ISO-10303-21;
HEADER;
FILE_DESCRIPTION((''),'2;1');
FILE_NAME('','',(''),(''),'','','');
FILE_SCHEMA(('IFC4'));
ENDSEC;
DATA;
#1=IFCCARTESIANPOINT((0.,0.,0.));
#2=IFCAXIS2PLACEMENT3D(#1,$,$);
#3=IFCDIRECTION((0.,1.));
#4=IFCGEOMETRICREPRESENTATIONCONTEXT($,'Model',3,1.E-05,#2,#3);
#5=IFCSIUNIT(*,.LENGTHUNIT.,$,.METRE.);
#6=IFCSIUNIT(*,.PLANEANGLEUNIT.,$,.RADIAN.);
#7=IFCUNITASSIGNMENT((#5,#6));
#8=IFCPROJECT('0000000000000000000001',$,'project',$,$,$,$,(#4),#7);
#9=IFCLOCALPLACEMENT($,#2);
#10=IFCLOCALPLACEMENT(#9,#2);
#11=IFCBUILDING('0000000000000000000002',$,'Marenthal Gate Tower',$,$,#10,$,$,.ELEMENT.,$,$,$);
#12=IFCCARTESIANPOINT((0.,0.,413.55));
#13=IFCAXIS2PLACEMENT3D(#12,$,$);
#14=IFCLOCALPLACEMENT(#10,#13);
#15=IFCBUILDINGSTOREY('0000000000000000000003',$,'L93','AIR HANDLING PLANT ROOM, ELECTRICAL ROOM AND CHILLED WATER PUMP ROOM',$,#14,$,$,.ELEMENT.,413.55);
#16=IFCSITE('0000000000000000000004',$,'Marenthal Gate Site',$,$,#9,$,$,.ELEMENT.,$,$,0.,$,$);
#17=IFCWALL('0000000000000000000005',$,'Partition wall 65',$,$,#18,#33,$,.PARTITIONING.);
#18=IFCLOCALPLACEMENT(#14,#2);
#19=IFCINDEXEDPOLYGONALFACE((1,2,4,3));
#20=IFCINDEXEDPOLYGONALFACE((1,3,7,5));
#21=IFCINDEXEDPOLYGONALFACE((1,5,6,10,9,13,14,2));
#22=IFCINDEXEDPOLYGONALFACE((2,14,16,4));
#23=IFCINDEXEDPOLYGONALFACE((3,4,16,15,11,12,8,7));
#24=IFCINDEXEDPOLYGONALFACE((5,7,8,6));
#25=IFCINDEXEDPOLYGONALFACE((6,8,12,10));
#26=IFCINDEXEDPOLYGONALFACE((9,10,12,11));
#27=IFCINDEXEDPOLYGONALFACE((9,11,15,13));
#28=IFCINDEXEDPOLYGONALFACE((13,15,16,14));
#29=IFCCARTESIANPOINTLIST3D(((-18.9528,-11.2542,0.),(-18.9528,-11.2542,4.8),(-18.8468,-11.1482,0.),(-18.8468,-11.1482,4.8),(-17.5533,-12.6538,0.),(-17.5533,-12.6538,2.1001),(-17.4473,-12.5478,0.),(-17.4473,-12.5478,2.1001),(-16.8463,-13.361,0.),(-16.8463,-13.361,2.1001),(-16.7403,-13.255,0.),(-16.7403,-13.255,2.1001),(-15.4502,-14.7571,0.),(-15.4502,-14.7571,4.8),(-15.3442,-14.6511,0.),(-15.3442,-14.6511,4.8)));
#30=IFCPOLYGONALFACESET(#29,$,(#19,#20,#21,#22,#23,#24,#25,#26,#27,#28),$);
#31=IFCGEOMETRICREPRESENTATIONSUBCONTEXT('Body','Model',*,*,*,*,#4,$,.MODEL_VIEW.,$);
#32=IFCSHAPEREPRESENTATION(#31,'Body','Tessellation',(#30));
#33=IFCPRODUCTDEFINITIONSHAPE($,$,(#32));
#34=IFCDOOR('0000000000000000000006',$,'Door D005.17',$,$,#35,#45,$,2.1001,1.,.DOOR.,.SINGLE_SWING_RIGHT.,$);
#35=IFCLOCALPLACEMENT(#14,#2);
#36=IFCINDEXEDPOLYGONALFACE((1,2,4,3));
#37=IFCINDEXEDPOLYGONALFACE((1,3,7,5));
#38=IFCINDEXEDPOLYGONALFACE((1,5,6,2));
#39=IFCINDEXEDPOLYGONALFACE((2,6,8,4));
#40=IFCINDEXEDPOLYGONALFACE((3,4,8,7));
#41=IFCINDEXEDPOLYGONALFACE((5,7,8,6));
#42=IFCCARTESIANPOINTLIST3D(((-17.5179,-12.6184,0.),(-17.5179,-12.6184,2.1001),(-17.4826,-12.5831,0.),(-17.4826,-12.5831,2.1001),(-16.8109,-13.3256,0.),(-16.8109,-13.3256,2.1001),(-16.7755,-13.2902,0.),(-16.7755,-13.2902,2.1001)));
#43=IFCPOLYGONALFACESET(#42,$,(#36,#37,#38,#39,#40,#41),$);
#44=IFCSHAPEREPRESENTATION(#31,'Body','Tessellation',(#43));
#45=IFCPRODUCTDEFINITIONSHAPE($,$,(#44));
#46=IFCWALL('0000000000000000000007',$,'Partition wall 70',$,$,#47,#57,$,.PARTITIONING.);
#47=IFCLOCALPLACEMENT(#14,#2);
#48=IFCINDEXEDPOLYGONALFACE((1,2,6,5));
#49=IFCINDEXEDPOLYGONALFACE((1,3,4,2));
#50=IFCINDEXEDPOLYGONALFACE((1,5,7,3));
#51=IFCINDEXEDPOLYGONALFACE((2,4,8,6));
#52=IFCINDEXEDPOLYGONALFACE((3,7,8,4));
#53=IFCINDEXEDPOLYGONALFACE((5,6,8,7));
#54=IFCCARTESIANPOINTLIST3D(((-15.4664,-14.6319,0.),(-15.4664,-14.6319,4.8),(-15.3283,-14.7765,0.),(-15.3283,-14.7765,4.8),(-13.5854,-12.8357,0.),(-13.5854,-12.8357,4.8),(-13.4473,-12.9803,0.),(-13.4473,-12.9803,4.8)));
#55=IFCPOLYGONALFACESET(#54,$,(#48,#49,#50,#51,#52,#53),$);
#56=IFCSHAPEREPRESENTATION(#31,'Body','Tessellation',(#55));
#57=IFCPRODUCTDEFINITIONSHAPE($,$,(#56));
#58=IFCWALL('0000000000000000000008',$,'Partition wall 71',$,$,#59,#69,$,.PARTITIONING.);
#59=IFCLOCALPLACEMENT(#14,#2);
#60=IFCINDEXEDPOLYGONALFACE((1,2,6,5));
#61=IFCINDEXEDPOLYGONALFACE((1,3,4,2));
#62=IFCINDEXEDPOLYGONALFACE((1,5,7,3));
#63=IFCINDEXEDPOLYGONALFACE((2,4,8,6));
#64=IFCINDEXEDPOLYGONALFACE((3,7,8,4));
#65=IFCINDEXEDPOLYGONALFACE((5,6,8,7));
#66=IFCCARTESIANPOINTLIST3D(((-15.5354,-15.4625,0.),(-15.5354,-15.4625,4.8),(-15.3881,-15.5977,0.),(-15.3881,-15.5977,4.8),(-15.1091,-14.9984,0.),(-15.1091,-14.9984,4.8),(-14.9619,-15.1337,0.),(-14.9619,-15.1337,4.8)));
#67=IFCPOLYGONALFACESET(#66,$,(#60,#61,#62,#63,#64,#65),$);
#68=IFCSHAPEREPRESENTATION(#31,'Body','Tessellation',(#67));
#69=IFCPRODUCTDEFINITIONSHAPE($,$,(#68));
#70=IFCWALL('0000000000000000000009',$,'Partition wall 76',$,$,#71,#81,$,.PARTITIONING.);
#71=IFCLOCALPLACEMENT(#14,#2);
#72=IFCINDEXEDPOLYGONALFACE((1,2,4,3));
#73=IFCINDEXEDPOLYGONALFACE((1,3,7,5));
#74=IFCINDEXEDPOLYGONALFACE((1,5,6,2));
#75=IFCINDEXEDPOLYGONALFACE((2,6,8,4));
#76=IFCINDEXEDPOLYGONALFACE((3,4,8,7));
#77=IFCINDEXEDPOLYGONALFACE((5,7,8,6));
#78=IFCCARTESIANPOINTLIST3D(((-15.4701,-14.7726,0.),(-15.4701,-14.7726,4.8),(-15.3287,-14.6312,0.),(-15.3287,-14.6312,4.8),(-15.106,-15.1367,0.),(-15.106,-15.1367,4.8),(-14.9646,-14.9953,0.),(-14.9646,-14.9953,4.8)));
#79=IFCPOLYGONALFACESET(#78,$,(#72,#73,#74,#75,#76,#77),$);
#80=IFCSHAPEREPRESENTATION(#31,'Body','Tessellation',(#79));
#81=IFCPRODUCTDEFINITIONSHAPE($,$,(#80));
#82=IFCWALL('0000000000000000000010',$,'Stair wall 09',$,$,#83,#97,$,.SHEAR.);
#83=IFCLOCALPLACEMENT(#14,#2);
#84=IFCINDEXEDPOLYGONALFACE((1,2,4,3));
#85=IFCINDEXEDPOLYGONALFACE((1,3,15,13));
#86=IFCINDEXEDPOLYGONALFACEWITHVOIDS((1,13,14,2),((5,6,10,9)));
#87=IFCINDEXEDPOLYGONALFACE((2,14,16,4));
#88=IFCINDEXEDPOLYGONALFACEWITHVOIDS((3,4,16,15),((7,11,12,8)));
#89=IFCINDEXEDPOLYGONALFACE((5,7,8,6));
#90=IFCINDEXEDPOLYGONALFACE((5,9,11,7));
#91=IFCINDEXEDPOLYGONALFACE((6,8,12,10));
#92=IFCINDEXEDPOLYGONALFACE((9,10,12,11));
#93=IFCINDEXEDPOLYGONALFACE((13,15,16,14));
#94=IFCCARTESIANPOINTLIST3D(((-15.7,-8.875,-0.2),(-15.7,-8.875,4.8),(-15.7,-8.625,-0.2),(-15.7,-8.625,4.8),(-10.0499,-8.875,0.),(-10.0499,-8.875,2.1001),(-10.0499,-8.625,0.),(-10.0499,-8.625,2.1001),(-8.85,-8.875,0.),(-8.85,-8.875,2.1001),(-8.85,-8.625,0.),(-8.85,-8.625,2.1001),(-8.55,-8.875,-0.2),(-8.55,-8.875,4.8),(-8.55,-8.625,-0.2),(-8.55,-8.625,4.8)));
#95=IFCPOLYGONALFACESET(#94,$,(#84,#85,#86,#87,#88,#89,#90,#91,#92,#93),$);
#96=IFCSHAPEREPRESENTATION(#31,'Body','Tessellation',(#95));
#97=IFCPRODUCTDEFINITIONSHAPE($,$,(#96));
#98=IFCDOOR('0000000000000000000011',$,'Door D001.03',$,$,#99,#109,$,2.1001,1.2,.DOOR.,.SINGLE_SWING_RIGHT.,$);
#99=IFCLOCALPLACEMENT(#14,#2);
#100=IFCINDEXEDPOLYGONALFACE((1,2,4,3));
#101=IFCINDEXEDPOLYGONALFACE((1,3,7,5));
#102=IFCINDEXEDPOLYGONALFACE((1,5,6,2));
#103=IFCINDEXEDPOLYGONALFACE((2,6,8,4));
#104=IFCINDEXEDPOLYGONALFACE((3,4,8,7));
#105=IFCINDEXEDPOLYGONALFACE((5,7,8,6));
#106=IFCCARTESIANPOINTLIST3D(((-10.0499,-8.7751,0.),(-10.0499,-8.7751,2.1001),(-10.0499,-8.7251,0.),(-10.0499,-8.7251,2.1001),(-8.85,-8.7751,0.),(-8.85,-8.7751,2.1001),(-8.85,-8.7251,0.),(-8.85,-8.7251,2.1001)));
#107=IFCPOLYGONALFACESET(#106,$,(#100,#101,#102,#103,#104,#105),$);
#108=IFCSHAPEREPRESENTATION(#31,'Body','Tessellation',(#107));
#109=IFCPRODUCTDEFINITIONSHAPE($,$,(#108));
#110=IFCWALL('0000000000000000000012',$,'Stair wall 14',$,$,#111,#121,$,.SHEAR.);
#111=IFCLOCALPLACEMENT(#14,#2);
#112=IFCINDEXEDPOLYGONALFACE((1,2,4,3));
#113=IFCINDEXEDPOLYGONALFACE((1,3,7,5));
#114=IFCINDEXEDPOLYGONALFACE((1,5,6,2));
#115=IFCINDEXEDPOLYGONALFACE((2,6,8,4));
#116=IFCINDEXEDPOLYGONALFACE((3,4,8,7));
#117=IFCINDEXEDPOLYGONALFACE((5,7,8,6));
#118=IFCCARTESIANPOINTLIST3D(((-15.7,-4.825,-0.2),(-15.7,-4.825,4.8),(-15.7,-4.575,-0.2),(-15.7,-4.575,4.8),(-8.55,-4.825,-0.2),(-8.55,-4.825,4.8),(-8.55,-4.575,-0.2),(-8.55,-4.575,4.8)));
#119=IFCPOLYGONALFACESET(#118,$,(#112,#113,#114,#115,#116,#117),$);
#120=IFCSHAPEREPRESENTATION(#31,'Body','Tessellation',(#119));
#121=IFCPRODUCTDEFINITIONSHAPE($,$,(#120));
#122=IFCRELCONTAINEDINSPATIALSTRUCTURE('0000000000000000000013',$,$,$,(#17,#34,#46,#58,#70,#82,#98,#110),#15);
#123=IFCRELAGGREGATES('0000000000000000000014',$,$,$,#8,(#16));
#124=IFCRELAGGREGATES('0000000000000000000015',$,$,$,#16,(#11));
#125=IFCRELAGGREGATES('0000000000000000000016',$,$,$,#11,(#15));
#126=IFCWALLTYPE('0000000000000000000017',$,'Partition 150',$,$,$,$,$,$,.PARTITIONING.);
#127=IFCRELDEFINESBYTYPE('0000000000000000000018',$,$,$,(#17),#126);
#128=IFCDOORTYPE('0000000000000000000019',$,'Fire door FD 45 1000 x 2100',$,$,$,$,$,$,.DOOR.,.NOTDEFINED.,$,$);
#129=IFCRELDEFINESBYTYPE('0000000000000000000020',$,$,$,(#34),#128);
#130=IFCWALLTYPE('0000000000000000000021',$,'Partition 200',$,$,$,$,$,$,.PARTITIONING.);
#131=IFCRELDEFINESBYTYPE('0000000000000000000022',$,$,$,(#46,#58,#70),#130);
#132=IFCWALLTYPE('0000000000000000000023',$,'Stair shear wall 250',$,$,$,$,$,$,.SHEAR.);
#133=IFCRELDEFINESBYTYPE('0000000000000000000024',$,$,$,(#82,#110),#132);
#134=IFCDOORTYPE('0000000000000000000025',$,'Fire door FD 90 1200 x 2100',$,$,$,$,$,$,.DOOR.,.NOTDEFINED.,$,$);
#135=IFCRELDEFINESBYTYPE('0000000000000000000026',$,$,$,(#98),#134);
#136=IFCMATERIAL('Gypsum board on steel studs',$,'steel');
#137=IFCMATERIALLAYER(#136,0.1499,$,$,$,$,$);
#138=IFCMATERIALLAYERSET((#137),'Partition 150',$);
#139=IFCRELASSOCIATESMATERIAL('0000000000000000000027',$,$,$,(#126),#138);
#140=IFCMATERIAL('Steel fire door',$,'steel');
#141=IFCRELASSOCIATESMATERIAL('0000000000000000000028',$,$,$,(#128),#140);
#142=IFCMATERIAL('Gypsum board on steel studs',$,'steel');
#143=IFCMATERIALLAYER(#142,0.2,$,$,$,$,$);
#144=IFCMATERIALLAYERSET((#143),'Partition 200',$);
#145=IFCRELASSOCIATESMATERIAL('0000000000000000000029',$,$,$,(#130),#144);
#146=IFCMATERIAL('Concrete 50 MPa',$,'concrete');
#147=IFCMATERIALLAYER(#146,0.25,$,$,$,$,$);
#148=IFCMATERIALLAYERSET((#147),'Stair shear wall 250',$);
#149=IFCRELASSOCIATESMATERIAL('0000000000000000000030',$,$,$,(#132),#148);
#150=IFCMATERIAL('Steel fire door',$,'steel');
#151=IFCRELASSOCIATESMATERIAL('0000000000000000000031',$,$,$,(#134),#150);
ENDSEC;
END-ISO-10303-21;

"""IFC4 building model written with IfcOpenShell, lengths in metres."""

from ifc_helpers import new_model, si_unit, direction, frame, frame_2d, origin, place, context, subcontext, project, spatial, rectangle, extrude, material, layer, layer_set, type_object, element, fill, save


model = new_model("IFC4")

# Units and contexts
model_context = context("Model", 3, precision=1e-05, world=origin(), true_north=direction((0.0, 1.0)))
body_context = subcontext(model_context, "Body", "Model", "MODEL_VIEW")
ifc_project = project(units=[si_unit("LENGTHUNIT", "METRE"), si_unit("PLANEANGLEUNIT", "RADIAN")], contexts=[model_context])

# Site, building, storey
site_placement = place(None, origin())
site = spatial("IfcSite", under=ifc_project, at=site_placement, Name="Marenthal Gate Site", CompositionType="ELEMENT", RefElevation=0.0)
building_placement = place(site_placement, origin())
building = spatial("IfcBuilding", under=site, at=building_placement, Name="Marenthal Gate Tower", CompositionType="ELEMENT")
storey_placement = place(building_placement, frame((0.0, 0.0, 413.55)))
storey = spatial("IfcBuildingStorey", under=building, at=storey_placement, Name="L93", Description="AIR HANDLING PLANT ROOM, ELECTRICAL ROOM AND CHILLED WATER PUMP ROOM", CompositionType="ELEMENT", Elevation=413.55)

# Shared definitions
ifc_material_1 = material(Name="Gypsum board on steel studs", Category="steel")
ifc_layer_1 = layer(ifc_material_1, 0.1499)
ifc_layer_set_1 = layer_set([ifc_layer_1], Name="Partition 150")
wall_type_1 = type_object("IfcWallType", Name="Partition 150", PredefinedType="PARTITIONING", material=ifc_layer_set_1)

# Shared definitions
ifc_material_2 = material(Name="Steel fire door", Category="steel")
door_type_1 = type_object("IfcDoorType", Name="Fire door FD 45 1000 x 2100", OperationType="NOTDEFINED", PredefinedType="DOOR", material=ifc_material_2)

# Wall, opening, door
wall_1_placement = place(storey_placement, frame((-15.3972, -14.7041, 0.0), z_axis=(0.0, 0.0, 1.0), x_axis=(-0.707082, 0.707131, 0.0)))
wall_1 = element("IfcWall", 1, at=wall_1_placement, inside=storey, type_object=wall_type_1, Name="Partition wall 65", PredefinedType="PARTITIONING", context=body_context, shape_type="SweptSolid", body=[
    extrude(rectangle(XDim=4.9536, YDim=0.1499, at=frame_2d((2.4768, 0.0))), origin(), (0.0, 0.0, 1.0), 4.8),
])
opening_1_placement = place(wall_1_placement, frame((1.9744, 0.0, 0.0)))
opening_1 = element("IfcOpeningElement", 2, at=opening_1_placement, cuts=wall_1, PredefinedType="OPENING", context=body_context, shape_type="SweptSolid", body=[
    extrude(rectangle(XDim=1.0, YDim=2.1001, at=frame_2d((0.5, 1.05))), frame((0.0, 0.085, 0.0), z_axis=(0.0, -1.0, 0.0), x_axis=(1.0, 0.0, 0.0)), (0.0, 0.0, 1.0), 0.1699),
])
door_1_placement = place(opening_1_placement, origin())
door_1 = element("IfcDoor", 3, at=door_1_placement, inside=storey, type_object=door_type_1, Name="Door D005.17", OperationType="SINGLE_SWING_RIGHT", OverallHeight=2.1001, OverallWidth=1.0, PredefinedType="DOOR", context=body_context, shape_type="SweptSolid", body=[
    extrude(rectangle(XDim=1.0, YDim=2.1001, at=frame_2d((0.5, 1.05))), frame((0.0, 0.0249, 0.0), z_axis=(0.0, -1.0, 0.0), x_axis=(1.0, 0.0, 0.0)), (0.0, 0.0, 1.0), 0.05),
])
fill(opening_1, door_1)

# Walls
ifc_material_3 = material(Name="Gypsum board on steel studs", Category="steel")
ifc_layer_2 = layer(ifc_material_3, 0.2)
ifc_layer_set_2 = layer_set([ifc_layer_2], Name="Partition 200")
wall_type_2 = type_object("IfcWallType", Name="Partition 200", PredefinedType="PARTITIONING", material=ifc_layer_set_2)
wall_2_placement = place(storey_placement, frame((-15.3972, -14.7041, 0.0), z_axis=(0.0, 0.0, 1.0), x_axis=(0.723206, 0.690632, 0.0)))
element("IfcWall", 4, at=wall_2_placement, inside=storey, type_object=wall_type_2, Name="Partition wall 70", PredefinedType="PARTITIONING", context=body_context, shape_type="SweptSolid", body=[
    extrude(rectangle(XDim=2.6008, YDim=0.2, at=frame_2d((1.3003, 0.0))), origin(), (0.0, 0.0, 1.0), 4.8),
])
wall_3_placement = place(storey_placement, frame((-15.4617, -15.53, 0.0), z_axis=(0.0, 0.0, 1.0), x_axis=(0.676444, 0.736494, 0.0)))
element("IfcWall", 5, at=wall_3_placement, inside=storey, type_object=wall_type_2, Name="Partition wall 71", PredefinedType="PARTITIONING", context=body_context, shape_type="SweptSolid", body=[
    extrude(rectangle(XDim=0.6301, YDim=0.2, at=frame_2d((0.3149, 0.0))), origin(), (0.0, 0.0, 1.0), 4.8),
])
wall_4_placement = place(storey_placement, frame((-15.0354, -15.0659, 0.0), z_axis=(0.0, 0.0, 1.0), x_axis=(-0.707107, 0.707107, 0.0)))
element("IfcWall", 6, at=wall_4_placement, inside=storey, type_object=wall_type_2, Name="Partition wall 76", PredefinedType="PARTITIONING", context=body_context, shape_type="SweptSolid", body=[
    extrude(rectangle(XDim=0.5149, YDim=0.2, at=frame_2d((0.2573, 0.0))), origin(), (0.0, 0.0, 1.0), 4.8),
])

# Wall, opening, door
ifc_material_4 = material(Name="Concrete 50 MPa", Category="concrete")
ifc_layer_3 = layer(ifc_material_4, 0.25)
ifc_layer_set_3 = layer_set([ifc_layer_3], Name="Stair shear wall 250")
wall_type_3 = type_object("IfcWallType", Name="Stair shear wall 250", PredefinedType="SHEAR", material=ifc_layer_set_3)
wall_5_placement = place(storey_placement, frame((-15.7, -8.75, -0.2), z_axis=(0.0, 0.0, 1.0), x_axis=(1.0, 0.0, 0.0)))
wall_5 = element("IfcWall", 7, at=wall_5_placement, inside=storey, type_object=wall_type_3, Name="Stair wall 09", PredefinedType="SHEAR", context=body_context, shape_type="SweptSolid", body=[
    extrude(rectangle(XDim=7.1499, YDim=0.25, at=frame_2d((3.575, 0.0))), origin(), (0.0, 0.0, 1.0), 5.0),
])
opening_2_placement = place(wall_5_placement, frame((5.6499, 0.0, 0.2)))
opening_2 = element("IfcOpeningElement", 8, at=opening_2_placement, cuts=wall_5, PredefinedType="OPENING", context=body_context, shape_type="SweptSolid", body=[
    extrude(rectangle(XDim=1.2, YDim=2.1001, at=frame_2d((0.6001, 1.05))), frame((0.0, 0.135, 0.0), z_axis=(0.0, -1.0, 0.0), x_axis=(1.0, 0.0, 0.0)), (0.0, 0.0, 1.0), 0.27),
])
ifc_material_5 = material(Name="Steel fire door", Category="steel")
door_type_2 = type_object("IfcDoorType", Name="Fire door FD 90 1200 x 2100", OperationType="NOTDEFINED", PredefinedType="DOOR", material=ifc_material_5)
door_2_placement = place(opening_2_placement, origin())
door_2 = element("IfcDoor", 9, at=door_2_placement, inside=storey, type_object=door_type_2, Name="Door D001.03", OperationType="SINGLE_SWING_RIGHT", OverallHeight=2.1001, OverallWidth=1.2, PredefinedType="DOOR", context=body_context, shape_type="SweptSolid", body=[
    extrude(rectangle(XDim=1.2, YDim=2.1001, at=frame_2d((0.6001, 1.05))), frame((0.0, 0.0249, 0.0), z_axis=(0.0, -1.0, 0.0), x_axis=(1.0, 0.0, 0.0)), (0.0, 0.0, 1.0), 0.05),
])
fill(opening_2, door_2)

# Wall
wall_6_placement = place(storey_placement, frame((-15.7, -4.7, -0.2), z_axis=(0.0, 0.0, 1.0), x_axis=(1.0, 0.0, 0.0)))
element("IfcWall", 10, at=wall_6_placement, inside=storey, type_object=wall_type_3, Name="Stair wall 14", PredefinedType="SHEAR", context=body_context, shape_type="SweptSolid", body=[
    extrude(rectangle(XDim=7.1499, YDim=0.25, at=frame_2d((3.575, 0.0))), origin(), (0.0, 0.0, 1.0), 5.0),
])

save(model, "model.ifc")
